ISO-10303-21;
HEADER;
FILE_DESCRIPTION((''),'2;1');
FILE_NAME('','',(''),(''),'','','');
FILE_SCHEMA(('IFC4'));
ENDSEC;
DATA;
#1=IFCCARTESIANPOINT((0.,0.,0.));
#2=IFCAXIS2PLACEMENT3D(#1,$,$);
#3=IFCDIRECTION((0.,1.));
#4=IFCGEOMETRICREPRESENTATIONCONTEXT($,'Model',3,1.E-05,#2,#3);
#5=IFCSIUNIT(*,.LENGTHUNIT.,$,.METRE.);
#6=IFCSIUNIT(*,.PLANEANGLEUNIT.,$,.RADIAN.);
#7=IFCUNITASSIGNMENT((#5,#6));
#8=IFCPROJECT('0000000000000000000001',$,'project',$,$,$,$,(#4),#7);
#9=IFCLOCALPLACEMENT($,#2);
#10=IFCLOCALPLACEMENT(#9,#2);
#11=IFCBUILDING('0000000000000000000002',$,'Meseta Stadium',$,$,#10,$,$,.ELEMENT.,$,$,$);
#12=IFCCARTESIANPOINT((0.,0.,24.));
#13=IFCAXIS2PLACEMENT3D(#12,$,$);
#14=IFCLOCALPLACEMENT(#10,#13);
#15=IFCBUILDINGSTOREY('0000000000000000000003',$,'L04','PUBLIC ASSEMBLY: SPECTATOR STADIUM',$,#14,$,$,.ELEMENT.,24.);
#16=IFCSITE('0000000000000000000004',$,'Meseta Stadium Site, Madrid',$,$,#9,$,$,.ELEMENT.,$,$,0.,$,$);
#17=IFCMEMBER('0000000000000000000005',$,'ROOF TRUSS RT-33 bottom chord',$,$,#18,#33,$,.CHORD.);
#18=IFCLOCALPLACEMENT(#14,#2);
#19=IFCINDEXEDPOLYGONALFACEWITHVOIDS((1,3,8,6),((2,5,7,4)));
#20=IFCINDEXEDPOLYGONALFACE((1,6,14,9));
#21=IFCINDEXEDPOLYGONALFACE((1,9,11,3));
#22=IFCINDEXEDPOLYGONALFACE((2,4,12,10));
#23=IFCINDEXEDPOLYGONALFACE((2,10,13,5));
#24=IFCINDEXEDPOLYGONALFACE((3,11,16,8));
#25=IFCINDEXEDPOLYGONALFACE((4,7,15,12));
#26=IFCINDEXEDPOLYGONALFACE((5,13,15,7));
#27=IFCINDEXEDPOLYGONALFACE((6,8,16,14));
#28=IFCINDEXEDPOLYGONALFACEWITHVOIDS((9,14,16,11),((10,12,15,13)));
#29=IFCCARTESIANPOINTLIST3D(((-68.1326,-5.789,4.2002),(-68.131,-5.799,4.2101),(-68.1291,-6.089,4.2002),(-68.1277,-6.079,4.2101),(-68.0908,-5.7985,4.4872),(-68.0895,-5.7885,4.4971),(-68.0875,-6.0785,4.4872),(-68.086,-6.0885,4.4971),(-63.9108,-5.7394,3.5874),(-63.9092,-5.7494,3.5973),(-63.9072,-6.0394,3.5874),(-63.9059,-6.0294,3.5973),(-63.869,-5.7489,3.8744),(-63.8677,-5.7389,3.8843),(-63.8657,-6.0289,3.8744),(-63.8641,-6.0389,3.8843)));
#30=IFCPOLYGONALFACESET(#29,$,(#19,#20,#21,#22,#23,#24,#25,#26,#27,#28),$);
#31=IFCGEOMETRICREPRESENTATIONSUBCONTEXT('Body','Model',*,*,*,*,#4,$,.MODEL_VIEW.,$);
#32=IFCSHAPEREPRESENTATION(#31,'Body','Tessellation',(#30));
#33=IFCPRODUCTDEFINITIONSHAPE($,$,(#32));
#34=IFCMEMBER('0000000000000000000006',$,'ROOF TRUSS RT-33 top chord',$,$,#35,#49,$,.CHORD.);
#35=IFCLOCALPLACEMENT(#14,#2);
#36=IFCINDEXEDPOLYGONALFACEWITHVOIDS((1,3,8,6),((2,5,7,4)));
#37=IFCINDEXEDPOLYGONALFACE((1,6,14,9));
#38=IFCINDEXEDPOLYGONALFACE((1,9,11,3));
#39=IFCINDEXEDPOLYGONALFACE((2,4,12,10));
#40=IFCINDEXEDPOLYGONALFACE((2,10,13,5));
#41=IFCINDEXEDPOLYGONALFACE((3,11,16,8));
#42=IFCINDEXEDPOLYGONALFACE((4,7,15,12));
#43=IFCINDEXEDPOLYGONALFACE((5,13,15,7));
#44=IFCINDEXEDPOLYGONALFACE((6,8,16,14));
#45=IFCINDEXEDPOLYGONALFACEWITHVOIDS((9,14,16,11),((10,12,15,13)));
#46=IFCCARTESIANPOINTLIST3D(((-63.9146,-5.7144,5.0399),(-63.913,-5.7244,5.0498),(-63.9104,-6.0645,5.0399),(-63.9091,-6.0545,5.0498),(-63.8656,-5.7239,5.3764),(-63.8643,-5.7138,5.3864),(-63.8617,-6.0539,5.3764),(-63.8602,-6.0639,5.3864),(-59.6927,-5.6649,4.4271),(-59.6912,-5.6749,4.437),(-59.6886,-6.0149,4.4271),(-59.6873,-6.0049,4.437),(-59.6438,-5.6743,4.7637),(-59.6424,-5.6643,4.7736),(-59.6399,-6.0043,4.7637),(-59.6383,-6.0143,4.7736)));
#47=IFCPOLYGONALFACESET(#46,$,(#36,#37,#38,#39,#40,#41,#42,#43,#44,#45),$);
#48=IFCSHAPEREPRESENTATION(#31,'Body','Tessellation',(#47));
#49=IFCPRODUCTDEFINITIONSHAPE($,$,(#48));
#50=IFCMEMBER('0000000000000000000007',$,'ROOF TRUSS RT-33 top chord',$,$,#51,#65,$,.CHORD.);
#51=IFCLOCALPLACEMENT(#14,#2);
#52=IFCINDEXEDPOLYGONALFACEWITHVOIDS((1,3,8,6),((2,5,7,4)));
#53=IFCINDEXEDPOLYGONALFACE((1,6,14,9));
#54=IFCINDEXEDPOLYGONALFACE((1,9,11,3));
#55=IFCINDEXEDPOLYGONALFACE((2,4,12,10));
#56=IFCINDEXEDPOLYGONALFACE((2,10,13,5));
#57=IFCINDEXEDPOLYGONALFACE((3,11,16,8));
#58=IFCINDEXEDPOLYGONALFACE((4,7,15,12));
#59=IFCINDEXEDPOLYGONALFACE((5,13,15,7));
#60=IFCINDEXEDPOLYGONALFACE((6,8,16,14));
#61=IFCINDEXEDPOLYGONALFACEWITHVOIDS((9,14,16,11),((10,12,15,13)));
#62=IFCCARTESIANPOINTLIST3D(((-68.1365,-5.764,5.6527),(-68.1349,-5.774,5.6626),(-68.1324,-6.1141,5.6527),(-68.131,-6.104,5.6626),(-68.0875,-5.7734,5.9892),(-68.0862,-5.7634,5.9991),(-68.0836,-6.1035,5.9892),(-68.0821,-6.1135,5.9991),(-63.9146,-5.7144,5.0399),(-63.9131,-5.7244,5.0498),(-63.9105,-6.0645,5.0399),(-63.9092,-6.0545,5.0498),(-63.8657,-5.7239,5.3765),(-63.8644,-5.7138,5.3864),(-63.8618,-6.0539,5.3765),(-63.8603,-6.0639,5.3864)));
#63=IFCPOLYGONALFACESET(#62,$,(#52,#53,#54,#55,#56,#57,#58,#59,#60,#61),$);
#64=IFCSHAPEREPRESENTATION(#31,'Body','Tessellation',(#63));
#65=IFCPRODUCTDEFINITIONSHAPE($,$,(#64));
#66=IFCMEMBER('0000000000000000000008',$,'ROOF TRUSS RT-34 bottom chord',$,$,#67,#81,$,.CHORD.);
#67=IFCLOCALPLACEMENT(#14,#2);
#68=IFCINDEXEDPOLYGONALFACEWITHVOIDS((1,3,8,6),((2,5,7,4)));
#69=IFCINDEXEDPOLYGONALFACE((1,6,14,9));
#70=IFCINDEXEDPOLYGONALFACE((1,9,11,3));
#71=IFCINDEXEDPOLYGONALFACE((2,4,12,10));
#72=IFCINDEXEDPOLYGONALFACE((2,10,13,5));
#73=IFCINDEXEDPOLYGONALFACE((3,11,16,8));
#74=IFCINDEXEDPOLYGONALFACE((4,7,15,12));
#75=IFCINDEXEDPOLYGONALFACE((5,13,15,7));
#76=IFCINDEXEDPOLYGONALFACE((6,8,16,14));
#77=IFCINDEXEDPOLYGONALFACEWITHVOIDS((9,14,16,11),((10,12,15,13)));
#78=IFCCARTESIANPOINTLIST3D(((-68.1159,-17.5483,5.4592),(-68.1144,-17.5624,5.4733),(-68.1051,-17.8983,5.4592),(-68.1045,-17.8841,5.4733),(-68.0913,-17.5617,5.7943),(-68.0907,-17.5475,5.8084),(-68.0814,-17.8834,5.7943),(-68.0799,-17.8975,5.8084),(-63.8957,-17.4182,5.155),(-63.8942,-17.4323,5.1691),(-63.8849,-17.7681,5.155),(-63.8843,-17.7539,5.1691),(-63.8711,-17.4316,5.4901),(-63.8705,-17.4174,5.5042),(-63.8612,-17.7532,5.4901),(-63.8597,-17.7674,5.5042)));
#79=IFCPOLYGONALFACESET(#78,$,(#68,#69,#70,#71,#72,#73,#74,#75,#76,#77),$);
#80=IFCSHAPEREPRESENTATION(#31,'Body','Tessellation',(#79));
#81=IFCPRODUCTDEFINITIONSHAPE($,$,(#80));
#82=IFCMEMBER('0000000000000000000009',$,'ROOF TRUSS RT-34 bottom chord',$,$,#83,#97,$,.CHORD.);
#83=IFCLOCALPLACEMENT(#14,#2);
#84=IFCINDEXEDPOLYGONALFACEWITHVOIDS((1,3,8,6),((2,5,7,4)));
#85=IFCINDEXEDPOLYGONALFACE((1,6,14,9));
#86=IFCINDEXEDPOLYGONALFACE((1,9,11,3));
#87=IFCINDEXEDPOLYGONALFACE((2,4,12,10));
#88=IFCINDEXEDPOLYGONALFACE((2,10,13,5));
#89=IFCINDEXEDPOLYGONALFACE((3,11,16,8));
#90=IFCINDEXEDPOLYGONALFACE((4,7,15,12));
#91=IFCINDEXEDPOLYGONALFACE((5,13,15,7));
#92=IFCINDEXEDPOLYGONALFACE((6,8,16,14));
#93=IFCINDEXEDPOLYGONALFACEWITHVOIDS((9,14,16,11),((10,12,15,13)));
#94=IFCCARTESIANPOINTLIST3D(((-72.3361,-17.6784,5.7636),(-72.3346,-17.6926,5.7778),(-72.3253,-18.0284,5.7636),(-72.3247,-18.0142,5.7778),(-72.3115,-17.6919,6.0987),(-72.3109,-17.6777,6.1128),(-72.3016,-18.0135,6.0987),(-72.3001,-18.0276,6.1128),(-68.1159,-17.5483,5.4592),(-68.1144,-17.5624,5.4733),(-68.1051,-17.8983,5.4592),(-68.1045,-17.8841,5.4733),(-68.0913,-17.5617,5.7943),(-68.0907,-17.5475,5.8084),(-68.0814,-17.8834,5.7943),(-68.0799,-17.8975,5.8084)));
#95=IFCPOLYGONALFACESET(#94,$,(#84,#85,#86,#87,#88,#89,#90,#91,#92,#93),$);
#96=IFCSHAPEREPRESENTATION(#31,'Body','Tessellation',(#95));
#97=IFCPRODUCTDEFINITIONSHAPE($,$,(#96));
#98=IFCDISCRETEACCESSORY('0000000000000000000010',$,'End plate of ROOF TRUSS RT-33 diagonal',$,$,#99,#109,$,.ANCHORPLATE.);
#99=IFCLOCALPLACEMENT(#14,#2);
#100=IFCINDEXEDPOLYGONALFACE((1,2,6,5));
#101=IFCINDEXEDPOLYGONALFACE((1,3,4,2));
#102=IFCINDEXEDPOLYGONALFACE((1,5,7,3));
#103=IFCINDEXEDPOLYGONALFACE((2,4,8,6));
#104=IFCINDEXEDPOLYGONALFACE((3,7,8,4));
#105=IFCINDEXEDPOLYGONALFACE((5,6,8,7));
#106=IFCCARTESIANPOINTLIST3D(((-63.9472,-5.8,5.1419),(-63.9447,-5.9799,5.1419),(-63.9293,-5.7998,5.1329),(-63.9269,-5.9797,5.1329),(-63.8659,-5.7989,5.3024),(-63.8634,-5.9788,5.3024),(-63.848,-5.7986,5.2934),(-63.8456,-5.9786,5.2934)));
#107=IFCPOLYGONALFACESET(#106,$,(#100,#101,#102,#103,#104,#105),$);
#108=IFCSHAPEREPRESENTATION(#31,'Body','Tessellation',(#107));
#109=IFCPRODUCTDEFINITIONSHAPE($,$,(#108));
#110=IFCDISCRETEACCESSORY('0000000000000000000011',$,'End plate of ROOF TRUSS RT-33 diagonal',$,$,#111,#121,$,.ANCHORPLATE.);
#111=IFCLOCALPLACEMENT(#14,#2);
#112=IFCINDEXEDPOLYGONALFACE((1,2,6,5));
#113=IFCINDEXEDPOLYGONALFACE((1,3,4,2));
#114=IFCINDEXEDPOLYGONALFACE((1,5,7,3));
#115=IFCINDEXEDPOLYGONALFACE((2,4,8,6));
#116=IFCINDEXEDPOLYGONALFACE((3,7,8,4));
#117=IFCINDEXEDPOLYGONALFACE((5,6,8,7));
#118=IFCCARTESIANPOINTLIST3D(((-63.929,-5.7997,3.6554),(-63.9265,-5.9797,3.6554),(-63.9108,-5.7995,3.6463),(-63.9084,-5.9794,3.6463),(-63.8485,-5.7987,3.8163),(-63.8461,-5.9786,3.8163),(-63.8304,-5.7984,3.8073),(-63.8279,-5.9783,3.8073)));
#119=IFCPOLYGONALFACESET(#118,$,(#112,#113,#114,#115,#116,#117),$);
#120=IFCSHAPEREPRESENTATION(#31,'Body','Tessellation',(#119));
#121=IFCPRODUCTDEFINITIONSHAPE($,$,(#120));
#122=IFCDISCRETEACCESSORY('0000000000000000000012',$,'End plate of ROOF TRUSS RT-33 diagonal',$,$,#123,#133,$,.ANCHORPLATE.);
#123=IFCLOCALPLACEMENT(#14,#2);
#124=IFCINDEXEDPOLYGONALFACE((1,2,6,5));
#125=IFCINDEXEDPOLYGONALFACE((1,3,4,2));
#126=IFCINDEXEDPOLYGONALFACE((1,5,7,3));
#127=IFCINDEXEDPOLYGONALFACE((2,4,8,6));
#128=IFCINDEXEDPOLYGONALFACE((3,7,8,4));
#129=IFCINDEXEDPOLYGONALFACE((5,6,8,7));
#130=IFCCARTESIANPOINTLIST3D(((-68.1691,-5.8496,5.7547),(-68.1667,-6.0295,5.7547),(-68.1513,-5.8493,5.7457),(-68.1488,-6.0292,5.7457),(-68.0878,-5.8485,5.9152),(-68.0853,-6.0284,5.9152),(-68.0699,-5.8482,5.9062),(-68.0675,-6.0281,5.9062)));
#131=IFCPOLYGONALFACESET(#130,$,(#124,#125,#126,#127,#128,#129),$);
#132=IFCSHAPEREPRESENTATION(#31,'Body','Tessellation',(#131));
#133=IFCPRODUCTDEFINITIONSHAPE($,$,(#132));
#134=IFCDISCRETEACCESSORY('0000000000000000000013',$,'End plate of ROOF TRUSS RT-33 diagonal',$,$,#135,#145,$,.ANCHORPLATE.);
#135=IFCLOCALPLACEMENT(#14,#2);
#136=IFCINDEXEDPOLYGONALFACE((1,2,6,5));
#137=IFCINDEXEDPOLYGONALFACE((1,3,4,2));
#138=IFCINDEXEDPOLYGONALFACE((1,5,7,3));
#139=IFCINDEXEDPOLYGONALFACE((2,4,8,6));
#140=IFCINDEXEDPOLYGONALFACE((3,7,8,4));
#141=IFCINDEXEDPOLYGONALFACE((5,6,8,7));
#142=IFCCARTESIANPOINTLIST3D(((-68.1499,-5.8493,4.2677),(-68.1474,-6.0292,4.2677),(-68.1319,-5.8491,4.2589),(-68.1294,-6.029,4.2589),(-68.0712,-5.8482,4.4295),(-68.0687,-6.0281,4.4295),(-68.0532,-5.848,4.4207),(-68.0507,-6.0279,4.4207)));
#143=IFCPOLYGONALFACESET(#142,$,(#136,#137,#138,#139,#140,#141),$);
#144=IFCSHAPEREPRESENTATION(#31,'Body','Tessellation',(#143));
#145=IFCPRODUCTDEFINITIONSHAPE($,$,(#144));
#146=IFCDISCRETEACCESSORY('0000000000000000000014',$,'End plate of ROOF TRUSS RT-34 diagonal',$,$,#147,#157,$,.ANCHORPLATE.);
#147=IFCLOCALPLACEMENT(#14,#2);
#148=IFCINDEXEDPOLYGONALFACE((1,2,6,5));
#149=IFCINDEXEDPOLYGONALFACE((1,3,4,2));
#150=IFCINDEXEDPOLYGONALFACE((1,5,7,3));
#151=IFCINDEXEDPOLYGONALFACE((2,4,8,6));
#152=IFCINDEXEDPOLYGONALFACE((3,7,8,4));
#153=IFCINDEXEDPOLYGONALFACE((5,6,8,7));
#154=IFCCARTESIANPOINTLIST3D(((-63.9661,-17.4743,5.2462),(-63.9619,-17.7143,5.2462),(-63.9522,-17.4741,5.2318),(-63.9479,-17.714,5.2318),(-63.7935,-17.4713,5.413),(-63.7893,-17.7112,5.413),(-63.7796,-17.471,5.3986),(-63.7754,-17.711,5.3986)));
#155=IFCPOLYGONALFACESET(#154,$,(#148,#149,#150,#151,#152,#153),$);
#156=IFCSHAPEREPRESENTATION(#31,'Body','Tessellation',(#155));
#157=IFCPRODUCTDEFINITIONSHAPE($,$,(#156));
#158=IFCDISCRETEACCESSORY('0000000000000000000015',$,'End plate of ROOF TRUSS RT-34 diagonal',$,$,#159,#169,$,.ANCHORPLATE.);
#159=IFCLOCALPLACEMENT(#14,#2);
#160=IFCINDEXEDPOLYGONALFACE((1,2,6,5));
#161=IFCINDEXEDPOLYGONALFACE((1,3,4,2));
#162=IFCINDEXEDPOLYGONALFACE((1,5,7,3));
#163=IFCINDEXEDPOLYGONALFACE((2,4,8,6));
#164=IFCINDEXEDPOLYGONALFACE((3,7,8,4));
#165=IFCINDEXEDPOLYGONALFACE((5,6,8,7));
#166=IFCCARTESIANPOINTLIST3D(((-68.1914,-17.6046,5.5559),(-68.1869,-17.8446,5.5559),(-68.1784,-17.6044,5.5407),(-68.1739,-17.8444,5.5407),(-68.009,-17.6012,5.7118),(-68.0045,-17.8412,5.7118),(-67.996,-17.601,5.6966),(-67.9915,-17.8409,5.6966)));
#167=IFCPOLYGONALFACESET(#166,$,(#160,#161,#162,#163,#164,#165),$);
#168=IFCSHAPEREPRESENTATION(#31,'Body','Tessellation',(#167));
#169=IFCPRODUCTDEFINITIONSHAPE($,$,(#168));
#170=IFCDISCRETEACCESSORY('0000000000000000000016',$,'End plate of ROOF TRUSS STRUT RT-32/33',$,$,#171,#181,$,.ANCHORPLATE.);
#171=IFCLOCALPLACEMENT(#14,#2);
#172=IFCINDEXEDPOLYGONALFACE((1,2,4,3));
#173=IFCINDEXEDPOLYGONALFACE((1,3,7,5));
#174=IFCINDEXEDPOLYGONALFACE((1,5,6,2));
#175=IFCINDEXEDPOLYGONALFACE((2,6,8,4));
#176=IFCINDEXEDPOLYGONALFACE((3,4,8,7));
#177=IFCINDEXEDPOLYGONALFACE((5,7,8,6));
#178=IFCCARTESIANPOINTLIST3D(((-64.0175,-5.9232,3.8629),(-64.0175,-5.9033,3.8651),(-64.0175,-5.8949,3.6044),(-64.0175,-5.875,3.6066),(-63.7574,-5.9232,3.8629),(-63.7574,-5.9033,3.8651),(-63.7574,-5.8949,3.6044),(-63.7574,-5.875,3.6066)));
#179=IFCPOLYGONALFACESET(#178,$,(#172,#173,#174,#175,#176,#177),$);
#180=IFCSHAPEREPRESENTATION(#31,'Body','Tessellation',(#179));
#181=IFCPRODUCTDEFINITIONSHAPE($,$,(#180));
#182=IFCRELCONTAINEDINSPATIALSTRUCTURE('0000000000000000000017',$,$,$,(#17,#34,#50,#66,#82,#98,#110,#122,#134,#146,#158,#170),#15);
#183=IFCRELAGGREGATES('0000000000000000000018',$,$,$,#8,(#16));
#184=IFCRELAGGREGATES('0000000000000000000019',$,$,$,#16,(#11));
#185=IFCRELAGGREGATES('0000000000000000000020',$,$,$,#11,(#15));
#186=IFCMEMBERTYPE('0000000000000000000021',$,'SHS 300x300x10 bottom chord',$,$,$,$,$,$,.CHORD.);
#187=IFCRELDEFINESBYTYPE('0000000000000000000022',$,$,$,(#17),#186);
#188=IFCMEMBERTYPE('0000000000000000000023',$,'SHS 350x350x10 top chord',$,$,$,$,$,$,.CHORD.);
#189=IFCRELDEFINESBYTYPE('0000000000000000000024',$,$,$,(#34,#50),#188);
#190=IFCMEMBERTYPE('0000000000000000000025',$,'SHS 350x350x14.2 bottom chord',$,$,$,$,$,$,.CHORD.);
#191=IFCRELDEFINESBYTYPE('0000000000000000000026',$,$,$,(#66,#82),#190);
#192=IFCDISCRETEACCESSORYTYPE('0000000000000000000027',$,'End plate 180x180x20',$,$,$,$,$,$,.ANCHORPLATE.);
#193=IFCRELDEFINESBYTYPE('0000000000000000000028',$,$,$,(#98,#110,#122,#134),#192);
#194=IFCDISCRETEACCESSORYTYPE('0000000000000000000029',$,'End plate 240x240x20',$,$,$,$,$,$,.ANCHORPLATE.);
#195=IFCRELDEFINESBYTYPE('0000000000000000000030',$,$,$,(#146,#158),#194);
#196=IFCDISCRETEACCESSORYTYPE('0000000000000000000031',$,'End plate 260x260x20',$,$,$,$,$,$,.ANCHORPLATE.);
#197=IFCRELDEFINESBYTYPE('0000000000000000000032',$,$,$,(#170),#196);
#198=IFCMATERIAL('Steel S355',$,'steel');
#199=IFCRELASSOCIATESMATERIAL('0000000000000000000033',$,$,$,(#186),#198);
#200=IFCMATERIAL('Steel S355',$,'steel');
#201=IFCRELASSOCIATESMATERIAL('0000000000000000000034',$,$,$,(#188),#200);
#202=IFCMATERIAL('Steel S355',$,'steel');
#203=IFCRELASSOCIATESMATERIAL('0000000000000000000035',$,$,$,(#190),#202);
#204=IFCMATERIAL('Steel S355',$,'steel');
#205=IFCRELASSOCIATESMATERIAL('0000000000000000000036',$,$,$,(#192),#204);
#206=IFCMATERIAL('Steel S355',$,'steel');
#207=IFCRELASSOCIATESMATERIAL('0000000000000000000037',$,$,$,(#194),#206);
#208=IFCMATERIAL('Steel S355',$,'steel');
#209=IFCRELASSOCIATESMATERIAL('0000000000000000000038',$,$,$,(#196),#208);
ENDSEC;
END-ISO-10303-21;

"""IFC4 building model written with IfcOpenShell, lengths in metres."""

from ifc_helpers import new_model, si_unit, direction, frame, origin, origin_2d, place, context, subcontext, project, spatial, rectangle, hollow_rectangle, extrude, material, material_profile, profile_set, type_object, element, save


model = new_model("IFC4")

# Units and contexts
model_context = context("Model", 3, precision=1e-05, world=origin(), true_north=direction((0.0, 1.0)))
body_context = subcontext(model_context, "Body", "Model", "MODEL_VIEW")
ifc_project = project(units=[si_unit("LENGTHUNIT", "METRE"), si_unit("PLANEANGLEUNIT", "RADIAN")], contexts=[model_context])

# Site, building, storey
site_placement = place(None, origin())
site = spatial("IfcSite", under=ifc_project, at=site_placement, Name="Meseta Stadium Site, Madrid", CompositionType="ELEMENT", RefElevation=0.0)
building_placement = place(site_placement, origin())
building = spatial("IfcBuilding", under=site, at=building_placement, Name="Meseta Stadium", CompositionType="ELEMENT")
storey_placement = place(building_placement, frame((0.0, 0.0, 24.0)))
storey = spatial("IfcBuildingStorey", under=building, at=storey_placement, Name="L04", Description="PUBLIC ASSEMBLY: SPECTATOR STADIUM", CompositionType="ELEMENT", Elevation=24.0)

# Members
ifc_material_1 = material(Name="Steel S355", Category="steel")
ifc_material_profile_1 = material_profile(ifc_material_1, hollow_rectangle(XDim=0.3, YDim=0.3, WallThickness=0.01, at=origin_2d()), Name="SHS 300x300x10")
ifc_profile_set_1 = profile_set([ifc_material_profile_1], Name="Steel S355")
member_type_1 = type_object("IfcMemberType", Name="SHS 300x300x10 bottom chord", PredefinedType="CHORD", material=ifc_profile_set_1)
member_1_placement = place(storey_placement, frame((-63.8875, -5.8892, 3.7358), z_axis=(-0.989563, -0.011616, 0.143631), x_axis=(0.011738, -0.999931, 0.0)))
element("IfcMember", 1, at=member_1_placement, inside=storey, type_object=member_type_1, Name="ROOF TRUSS RT-33 bottom chord", PredefinedType="CHORD", context=body_context, shape_type="SweptSolid", body=[
    extrude(hollow_rectangle(XDim=0.3, YDim=0.3, WallThickness=0.01, at=origin_2d()), origin(), (0.0, 0.0, 1.0), 4.2664),
])
ifc_material_2 = material(Name="Steel S355", Category="steel")
ifc_material_profile_2 = material_profile(ifc_material_2, hollow_rectangle(XDim=0.3501, YDim=0.3501, WallThickness=0.01, at=origin_2d()), Name="SHS 350x350x10")
ifc_profile_set_2 = profile_set([ifc_material_profile_2], Name="Steel S355")
member_type_2 = type_object("IfcMemberType", Name="SHS 350x350x10 top chord", PredefinedType="CHORD", material=ifc_profile_set_2)
for number, where, z_axis, x_axis, name in (
    (2, (-59.6655, -5.8396, 4.6003), (-0.989563, -0.011616, 0.143631), (0.011738, -0.999931, 0.0), "ROOF TRUSS RT-33 top chord"),
    (3, (-63.8875, -5.8892, 5.2131), (-0.989563, -0.011616, 0.143631), (0.011738, -0.999931, 0.0), "ROOF TRUSS RT-33 top chord"),
):
    element("IfcMember", number, at=place(storey_placement, frame(where, z_axis=z_axis, x_axis=x_axis)), inside=storey, type_object=member_type_2, Name=name, PredefinedType="CHORD", context=body_context, shape_type="SweptSolid", body=[
        extrude(hollow_rectangle(XDim=0.3501, YDim=0.3501, WallThickness=0.01, at=origin_2d()), origin(), (0.0, 0.0, 1.0), 4.2664),
    ])
ifc_material_3 = material(Name="Steel S355", Category="steel")
ifc_material_profile_3 = material_profile(ifc_material_3, hollow_rectangle(XDim=0.3501, YDim=0.3501, WallThickness=0.0142, at=origin_2d()), Name="SHS 350x350x14.2")
ifc_profile_set_3 = profile_set([ifc_material_profile_3], Name="Steel S355")
member_type_3 = type_object("IfcMemberType", Name="SHS 350x350x14.2 bottom chord", PredefinedType="CHORD", material=ifc_profile_set_3)
for number, where, z_axis, x_axis, name in (
    (4, (-63.8777, -17.5928, 5.3296), (-0.996941, -0.03074, 0.071861), (0.03082, -0.999525, 0.0), "ROOF TRUSS RT-34 bottom chord"),
    (5, (-68.0979, -17.7229, 5.6338), (-0.996937, -0.03074, 0.071918), (0.03082, -0.999525, 0.0), "ROOF TRUSS RT-34 bottom chord"),
):
    element("IfcMember", number, at=place(storey_placement, frame(where, z_axis=z_axis, x_axis=x_axis)), inside=storey, type_object=member_type_3, Name=name, PredefinedType="CHORD", context=body_context, shape_type="SweptSolid", body=[
        extrude(hollow_rectangle(XDim=0.3501, YDim=0.3501, WallThickness=0.0142, at=origin_2d()), origin(), (0.0, 0.0, 1.0), 4.2332),
    ])

# Discrete accessories
ifc_material_4 = material(Name="Steel S355", Category="steel")
ifc_material_profile_4 = material_profile(ifc_material_4, rectangle(XDim=0.1799, YDim=0.1799, at=origin_2d()), Name="PL 180x180")
ifc_profile_set_4 = profile_set([ifc_material_profile_4], Name="Steel S355")
discrete_accessory_type_1 = type_object("IfcDiscreteAccessoryType", Name="End plate 180x180x20", PredefinedType="ANCHORPLATE", material=ifc_profile_set_4)
discrete_accessory_1_placement = place(storey_placement, frame((-63.8875, -5.8892, 5.2131), z_axis=(-0.891904, -0.012218, 0.452061), x_axis=(0.013697, -0.999906, 0.0)))
element("IfcDiscreteAccessory", 6, at=discrete_accessory_1_placement, inside=storey, type_object=discrete_accessory_type_1, Name="End plate of ROOF TRUSS RT-33 diagonal", PredefinedType="ANCHORPLATE", context=body_context, shape_type="SweptSolid", body=[
    extrude(rectangle(XDim=0.1799, YDim=0.1799, at=origin_2d()), origin(), (0.0, 0.0, 1.0), 0.02),
])
discrete_accessory_2_placement = place(storey_placement, frame((-63.8694, -5.8889, 3.7268), z_axis=(-0.894362, -0.012086, 0.447181), x_axis=(0.013512, -0.999909, 0.0)))
element("IfcDiscreteAccessory", 7, at=discrete_accessory_2_placement, inside=storey, type_object=discrete_accessory_type_1, Name="End plate of ROOF TRUSS RT-33 diagonal", PredefinedType="ANCHORPLATE", context=body_context, shape_type="SweptSolid", body=[
    extrude(rectangle(XDim=0.1799, YDim=0.1799, at=origin_2d()), origin(), (0.0, 0.0, 1.0), 0.0203),
])
for number, where, z_axis, x_axis, name in (
    (8, (-68.1094, -5.9387, 5.8259), (-0.891904, -0.012218, 0.452061), (0.013697, -0.999906, 0.0), "End plate of ROOF TRUSS RT-33 diagonal"),
    (9, (-68.0913, -5.9385, 4.3398), (-0.899169, -0.012151, 0.437433), (0.013512, -0.999909, 0.0), "End plate of ROOF TRUSS RT-33 diagonal"),
):
    element("IfcDiscreteAccessory", number, at=place(storey_placement, frame(where, z_axis=z_axis, x_axis=x_axis)), inside=storey, type_object=discrete_accessory_type_1, Name=name, PredefinedType="ANCHORPLATE", context=body_context, shape_type="SweptSolid", body=[
        extrude(rectangle(XDim=0.1799, YDim=0.1799, at=origin_2d()), origin(), (0.0, 0.0, 1.0), 0.02),
    ])
ifc_material_5 = material(Name="Steel S355", Category="steel")
ifc_material_profile_5 = material_profile(ifc_material_5, rectangle(XDim=0.24, YDim=0.24, at=origin_2d()), Name="PL 240x240")
ifc_profile_set_5 = profile_set([ifc_material_profile_5], Name="Steel S355")
discrete_accessory_type_2 = type_object("IfcDiscreteAccessoryType", Name="End plate 240x240x20", PredefinedType="ANCHORPLATE", material=ifc_profile_set_5)
for number, where, z_axis, x_axis, name in (
    (10, (-63.8638, -17.5925, 5.3152), (-0.69476, -0.012189, 0.719138), (0.017541, -0.999846, 0.0), "End plate of ROOF TRUSS RT-34 diagonal"),
    (11, (-68.085, -17.7227, 5.6187), (-0.649732, -0.012259, 0.760064), (0.018865, -0.999822, 0.0), "End plate of ROOF TRUSS RT-34 diagonal"),
):
    element("IfcDiscreteAccessory", number, at=place(storey_placement, frame(where, z_axis=z_axis, x_axis=x_axis)), inside=storey, type_object=discrete_accessory_type_2, Name=name, PredefinedType="ANCHORPLATE", context=body_context, shape_type="SweptSolid", body=[
        extrude(rectangle(XDim=0.24, YDim=0.24, at=origin_2d()), origin(), (0.0, 0.0, 1.0), 0.02),
    ])
ifc_material_6 = material(Name="Steel S355", Category="steel")
ifc_material_profile_6 = material_profile(ifc_material_6, rectangle(XDim=0.26, YDim=0.26, at=origin_2d()), Name="PL 260x260")
ifc_profile_set_6 = profile_set([ifc_material_profile_6], Name="Steel S355")
discrete_accessory_type_3 = type_object("IfcDiscreteAccessoryType", Name="End plate 260x260x20", PredefinedType="ANCHORPLATE", material=ifc_profile_set_6)
for number, where, z_axis, x_axis, name in (
    (12, (-63.8875, -5.8892, 3.7358), (0.0, -0.994031, -0.109101), (1.0, 0.0, 0.0), "End plate of ROOF TRUSS STRUT RT-32/33"),
):
    element("IfcDiscreteAccessory", number, at=place(storey_placement, frame(where, z_axis=z_axis, x_axis=x_axis)), inside=storey, type_object=discrete_accessory_type_3, Name=name, PredefinedType="ANCHORPLATE", context=body_context, shape_type="SweptSolid", body=[
        extrude(rectangle(XDim=0.26, YDim=0.26, at=origin_2d()), origin(), (0.0, 0.0, 1.0), 0.02),
    ])

save(model, "model.ifc")
